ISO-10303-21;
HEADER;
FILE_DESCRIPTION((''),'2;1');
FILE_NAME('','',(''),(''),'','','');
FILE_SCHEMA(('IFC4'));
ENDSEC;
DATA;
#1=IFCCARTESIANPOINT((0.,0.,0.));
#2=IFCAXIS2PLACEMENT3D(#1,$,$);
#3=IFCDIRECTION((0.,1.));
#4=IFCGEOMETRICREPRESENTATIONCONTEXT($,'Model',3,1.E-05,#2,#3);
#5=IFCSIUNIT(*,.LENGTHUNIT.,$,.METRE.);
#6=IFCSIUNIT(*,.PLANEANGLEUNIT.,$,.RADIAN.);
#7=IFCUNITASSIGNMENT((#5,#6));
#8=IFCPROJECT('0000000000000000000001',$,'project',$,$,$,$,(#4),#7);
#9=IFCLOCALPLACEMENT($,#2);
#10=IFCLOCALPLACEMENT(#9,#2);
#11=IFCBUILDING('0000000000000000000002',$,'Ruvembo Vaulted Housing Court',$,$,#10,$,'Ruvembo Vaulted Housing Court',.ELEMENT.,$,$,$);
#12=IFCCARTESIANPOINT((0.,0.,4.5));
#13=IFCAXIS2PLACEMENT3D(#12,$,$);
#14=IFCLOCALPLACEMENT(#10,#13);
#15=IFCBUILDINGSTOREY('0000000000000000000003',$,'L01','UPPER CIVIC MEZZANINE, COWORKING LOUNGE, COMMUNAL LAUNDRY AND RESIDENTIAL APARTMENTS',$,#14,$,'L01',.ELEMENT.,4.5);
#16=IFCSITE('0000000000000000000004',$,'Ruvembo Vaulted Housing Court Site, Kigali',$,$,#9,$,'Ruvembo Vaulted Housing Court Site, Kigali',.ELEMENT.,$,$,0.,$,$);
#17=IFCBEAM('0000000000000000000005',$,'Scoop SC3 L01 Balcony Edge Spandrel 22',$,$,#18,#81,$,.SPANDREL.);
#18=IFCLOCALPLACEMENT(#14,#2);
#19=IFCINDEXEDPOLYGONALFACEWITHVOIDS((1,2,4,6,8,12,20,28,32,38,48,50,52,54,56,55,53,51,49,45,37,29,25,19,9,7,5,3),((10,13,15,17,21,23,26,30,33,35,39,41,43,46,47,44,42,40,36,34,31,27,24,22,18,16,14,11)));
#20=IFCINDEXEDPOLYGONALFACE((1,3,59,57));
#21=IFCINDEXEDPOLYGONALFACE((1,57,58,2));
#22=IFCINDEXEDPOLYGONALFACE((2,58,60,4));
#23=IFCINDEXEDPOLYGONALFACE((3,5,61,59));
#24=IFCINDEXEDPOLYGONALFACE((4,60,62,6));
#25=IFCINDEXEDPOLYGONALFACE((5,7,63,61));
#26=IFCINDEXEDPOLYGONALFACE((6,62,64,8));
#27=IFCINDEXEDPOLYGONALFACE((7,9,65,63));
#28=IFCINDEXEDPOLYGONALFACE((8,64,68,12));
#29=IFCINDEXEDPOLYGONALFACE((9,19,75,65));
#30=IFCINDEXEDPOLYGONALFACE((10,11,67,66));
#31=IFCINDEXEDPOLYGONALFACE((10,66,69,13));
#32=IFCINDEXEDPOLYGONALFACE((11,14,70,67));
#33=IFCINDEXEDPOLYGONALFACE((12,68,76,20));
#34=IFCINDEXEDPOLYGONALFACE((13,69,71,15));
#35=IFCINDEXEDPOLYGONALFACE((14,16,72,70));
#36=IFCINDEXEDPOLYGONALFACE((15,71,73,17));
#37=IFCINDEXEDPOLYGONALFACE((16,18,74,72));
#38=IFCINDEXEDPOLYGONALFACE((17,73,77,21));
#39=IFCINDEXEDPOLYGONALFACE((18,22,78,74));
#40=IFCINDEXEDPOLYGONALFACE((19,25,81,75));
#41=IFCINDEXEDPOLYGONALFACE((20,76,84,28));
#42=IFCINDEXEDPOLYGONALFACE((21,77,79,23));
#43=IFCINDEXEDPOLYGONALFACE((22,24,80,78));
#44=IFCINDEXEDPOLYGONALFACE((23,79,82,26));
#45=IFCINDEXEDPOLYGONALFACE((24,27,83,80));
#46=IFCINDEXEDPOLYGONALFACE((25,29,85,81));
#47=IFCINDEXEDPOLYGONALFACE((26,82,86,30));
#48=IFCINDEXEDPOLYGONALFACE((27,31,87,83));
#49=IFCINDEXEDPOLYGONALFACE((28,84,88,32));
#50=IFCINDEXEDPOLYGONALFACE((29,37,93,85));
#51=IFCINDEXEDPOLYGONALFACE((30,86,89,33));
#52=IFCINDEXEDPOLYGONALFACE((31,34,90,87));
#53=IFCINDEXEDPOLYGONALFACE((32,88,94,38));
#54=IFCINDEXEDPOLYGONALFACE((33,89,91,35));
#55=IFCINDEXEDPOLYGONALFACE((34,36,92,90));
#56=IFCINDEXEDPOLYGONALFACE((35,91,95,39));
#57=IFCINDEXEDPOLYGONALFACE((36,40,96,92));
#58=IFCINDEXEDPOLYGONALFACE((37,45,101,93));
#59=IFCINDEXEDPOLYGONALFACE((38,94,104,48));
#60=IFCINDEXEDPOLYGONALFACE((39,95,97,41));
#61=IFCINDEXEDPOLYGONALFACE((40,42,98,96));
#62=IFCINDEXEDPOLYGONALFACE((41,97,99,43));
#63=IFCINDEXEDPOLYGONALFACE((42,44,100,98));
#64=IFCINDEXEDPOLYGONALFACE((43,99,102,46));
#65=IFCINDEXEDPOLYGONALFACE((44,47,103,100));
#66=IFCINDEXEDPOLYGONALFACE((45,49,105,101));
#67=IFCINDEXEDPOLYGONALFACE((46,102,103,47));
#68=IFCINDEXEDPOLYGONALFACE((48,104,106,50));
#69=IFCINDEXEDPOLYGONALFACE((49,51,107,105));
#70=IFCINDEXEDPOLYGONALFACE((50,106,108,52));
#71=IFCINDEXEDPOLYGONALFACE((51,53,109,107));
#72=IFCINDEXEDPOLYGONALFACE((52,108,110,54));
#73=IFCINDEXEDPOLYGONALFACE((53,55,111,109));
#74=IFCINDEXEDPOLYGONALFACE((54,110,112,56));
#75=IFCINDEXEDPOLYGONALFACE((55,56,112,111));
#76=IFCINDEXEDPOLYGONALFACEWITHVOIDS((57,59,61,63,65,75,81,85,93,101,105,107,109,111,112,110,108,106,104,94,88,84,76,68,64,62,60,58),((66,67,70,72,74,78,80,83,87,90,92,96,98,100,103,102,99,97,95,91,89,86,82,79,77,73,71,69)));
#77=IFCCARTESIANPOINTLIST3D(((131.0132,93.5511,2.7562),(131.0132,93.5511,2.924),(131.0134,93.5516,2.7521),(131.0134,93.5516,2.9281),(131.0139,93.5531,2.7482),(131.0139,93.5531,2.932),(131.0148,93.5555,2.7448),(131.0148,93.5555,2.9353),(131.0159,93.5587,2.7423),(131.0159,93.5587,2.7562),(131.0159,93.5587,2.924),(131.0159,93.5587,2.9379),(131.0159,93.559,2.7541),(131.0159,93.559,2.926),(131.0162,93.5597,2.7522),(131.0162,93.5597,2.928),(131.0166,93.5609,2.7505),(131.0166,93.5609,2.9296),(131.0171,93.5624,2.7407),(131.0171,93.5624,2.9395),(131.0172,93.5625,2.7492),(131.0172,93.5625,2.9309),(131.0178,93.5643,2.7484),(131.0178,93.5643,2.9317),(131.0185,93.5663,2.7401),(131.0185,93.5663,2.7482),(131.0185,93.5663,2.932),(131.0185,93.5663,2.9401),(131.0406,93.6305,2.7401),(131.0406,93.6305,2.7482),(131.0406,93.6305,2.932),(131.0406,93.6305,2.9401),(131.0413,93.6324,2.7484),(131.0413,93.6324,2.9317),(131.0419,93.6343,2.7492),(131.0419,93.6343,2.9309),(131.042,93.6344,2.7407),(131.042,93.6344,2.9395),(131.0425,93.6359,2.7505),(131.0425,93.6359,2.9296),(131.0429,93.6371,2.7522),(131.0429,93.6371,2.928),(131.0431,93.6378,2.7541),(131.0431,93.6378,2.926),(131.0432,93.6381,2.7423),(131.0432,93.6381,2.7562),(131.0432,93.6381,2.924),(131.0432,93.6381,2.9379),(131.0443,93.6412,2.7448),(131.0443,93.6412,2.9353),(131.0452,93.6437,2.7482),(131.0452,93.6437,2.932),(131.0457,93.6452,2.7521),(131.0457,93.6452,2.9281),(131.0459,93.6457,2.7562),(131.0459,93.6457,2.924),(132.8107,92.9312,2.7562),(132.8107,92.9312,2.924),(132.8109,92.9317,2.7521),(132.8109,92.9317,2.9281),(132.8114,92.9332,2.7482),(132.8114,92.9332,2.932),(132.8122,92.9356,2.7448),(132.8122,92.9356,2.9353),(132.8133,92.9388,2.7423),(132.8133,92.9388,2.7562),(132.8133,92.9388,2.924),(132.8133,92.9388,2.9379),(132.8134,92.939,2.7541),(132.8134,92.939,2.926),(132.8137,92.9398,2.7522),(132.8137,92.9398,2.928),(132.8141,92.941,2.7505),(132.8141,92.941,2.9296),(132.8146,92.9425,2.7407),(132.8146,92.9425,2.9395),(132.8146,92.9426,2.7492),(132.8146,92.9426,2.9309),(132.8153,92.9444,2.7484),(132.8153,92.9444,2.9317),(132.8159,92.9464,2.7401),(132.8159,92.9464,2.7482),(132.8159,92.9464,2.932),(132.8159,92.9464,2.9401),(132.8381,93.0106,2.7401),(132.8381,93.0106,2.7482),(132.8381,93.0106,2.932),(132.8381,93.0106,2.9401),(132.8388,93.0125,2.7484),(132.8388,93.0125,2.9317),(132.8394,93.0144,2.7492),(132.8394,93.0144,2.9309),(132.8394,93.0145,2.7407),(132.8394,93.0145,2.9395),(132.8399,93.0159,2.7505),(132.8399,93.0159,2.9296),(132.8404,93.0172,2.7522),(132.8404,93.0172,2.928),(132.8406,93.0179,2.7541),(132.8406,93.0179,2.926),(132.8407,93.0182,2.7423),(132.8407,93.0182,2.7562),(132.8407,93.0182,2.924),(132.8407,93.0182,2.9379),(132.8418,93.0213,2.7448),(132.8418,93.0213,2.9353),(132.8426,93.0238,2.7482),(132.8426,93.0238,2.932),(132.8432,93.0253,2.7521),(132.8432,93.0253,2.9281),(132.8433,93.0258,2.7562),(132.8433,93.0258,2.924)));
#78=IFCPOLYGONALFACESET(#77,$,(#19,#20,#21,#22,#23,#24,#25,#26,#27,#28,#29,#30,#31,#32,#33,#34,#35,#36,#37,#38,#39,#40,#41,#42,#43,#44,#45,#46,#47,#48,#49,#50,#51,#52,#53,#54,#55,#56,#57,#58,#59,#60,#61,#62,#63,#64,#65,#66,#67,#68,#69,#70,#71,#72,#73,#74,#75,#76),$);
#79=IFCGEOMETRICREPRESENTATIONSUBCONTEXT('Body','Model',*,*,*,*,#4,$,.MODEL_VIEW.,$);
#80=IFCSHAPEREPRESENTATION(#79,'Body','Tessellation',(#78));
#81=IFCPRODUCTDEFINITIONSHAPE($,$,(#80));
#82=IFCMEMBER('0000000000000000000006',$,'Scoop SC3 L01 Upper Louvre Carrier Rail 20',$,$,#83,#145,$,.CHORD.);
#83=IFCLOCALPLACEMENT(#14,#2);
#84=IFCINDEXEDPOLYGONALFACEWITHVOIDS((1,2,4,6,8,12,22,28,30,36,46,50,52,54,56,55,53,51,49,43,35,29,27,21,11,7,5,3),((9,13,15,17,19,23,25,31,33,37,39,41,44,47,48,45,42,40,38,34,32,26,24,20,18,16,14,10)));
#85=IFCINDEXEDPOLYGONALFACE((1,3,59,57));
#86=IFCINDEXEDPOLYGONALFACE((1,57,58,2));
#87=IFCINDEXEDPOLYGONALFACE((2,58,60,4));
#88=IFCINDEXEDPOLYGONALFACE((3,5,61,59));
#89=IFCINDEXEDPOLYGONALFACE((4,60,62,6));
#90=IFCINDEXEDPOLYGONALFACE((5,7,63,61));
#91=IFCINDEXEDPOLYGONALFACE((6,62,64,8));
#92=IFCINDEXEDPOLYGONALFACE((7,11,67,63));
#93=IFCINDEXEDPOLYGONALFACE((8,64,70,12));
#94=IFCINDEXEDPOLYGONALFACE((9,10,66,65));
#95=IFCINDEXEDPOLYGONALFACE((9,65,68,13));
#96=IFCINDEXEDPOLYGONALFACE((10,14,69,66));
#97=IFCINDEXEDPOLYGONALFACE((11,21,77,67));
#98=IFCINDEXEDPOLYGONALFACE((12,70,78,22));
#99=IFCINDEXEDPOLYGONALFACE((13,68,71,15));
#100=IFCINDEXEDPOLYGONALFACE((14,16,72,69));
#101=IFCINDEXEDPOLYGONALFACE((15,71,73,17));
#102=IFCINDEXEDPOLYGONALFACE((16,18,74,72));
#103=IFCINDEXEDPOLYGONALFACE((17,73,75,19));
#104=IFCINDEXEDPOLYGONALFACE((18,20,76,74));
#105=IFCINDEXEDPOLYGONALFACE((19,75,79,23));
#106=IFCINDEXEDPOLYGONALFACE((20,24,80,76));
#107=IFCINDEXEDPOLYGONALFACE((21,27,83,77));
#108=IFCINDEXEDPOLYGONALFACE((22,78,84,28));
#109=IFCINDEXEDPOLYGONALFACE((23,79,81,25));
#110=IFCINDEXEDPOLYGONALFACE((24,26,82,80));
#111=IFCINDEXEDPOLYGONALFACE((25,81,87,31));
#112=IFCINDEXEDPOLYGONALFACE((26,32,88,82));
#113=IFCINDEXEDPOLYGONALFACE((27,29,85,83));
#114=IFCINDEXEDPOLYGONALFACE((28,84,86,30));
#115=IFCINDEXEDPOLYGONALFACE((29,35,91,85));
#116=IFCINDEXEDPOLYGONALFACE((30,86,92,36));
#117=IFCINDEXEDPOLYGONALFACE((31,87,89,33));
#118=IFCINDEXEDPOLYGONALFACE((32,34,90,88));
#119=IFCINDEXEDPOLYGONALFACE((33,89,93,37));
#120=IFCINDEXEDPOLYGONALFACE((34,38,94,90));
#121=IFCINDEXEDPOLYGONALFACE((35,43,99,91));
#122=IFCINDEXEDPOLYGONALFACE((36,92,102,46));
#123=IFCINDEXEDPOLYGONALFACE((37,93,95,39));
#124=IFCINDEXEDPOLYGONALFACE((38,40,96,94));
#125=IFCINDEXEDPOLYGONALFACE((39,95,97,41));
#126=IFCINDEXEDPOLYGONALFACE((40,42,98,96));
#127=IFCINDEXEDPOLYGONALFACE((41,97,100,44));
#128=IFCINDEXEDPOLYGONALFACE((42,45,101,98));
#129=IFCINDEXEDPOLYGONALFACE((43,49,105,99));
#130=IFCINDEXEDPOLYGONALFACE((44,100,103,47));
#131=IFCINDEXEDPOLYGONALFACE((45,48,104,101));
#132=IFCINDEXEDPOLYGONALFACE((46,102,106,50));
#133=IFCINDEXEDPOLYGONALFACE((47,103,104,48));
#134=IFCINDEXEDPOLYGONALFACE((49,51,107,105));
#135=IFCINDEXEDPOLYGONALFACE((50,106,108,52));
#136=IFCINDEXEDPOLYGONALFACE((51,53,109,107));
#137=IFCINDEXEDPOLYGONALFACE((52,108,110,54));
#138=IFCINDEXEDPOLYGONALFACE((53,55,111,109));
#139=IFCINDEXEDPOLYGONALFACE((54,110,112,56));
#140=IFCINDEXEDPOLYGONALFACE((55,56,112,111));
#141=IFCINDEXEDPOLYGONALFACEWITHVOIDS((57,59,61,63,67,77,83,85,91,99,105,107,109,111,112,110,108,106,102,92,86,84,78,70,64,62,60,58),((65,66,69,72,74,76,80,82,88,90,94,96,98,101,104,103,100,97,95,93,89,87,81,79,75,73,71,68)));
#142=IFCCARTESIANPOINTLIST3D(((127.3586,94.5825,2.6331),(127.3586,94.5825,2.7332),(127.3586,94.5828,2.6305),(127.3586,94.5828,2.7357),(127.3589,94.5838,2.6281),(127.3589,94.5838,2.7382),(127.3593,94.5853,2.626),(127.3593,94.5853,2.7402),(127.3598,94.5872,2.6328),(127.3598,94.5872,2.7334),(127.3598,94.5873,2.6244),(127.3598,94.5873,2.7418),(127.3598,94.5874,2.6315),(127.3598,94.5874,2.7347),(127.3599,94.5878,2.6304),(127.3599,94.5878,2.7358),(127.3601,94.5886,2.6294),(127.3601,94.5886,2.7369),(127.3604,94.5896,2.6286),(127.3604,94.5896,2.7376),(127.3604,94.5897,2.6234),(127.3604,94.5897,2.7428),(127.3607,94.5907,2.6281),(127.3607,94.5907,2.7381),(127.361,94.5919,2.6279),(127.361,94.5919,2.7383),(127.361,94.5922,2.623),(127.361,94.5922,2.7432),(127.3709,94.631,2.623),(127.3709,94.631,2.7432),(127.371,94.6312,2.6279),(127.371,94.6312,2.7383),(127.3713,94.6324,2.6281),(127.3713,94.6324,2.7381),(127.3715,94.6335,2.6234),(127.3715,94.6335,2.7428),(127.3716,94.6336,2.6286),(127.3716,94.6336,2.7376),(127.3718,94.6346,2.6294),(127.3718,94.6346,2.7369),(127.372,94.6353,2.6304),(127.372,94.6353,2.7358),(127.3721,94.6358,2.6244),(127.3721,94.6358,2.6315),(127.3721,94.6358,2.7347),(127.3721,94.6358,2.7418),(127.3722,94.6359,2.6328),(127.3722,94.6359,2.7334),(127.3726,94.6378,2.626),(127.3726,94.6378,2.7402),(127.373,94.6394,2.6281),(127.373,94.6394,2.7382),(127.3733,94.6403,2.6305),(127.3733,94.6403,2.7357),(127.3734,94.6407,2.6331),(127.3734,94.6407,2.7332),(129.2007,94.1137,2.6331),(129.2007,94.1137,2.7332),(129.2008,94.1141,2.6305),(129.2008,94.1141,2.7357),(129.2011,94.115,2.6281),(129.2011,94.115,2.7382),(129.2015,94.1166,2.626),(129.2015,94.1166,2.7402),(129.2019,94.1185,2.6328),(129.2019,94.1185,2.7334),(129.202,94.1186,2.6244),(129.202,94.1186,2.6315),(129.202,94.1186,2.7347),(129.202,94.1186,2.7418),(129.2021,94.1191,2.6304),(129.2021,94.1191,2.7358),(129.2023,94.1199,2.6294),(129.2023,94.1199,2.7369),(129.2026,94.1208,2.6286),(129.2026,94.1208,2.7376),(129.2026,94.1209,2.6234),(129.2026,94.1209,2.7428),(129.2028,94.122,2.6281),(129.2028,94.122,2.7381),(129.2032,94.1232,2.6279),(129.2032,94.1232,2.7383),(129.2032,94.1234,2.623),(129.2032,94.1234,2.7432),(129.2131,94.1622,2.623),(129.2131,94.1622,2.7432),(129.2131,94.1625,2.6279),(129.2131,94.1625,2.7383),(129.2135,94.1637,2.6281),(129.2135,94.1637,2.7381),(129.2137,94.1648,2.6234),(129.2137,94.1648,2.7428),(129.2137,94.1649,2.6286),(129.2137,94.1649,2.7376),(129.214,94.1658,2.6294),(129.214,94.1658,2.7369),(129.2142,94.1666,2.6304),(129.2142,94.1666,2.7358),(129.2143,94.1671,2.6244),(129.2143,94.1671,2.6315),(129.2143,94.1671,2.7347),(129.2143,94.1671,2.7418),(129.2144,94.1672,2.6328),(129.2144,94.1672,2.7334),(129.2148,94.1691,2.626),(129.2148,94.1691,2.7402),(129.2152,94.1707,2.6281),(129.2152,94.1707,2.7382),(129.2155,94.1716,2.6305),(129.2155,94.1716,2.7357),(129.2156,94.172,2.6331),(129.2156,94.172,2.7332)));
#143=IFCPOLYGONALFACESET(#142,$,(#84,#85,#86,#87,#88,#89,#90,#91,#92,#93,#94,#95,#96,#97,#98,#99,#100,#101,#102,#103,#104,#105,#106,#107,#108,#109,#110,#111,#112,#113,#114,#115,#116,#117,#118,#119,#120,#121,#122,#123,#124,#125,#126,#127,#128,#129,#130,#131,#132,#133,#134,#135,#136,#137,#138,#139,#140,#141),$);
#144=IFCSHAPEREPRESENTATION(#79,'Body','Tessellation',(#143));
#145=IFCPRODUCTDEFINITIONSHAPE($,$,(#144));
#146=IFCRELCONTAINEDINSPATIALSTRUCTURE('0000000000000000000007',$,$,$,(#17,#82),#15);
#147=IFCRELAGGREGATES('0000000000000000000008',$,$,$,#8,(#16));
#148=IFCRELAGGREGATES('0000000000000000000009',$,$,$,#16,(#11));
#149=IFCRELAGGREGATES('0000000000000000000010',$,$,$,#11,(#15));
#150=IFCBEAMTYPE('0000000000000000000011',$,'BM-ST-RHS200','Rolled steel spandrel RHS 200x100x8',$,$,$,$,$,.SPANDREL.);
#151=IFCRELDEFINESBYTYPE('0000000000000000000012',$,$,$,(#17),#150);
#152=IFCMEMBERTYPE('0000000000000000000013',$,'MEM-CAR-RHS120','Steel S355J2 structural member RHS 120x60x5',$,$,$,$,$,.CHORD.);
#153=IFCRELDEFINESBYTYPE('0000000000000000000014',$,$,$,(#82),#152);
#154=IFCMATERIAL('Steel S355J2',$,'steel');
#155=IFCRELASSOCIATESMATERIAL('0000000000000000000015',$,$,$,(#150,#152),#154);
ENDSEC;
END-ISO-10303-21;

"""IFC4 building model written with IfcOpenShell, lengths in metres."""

from ifc_helpers import new_model, si_unit, direction, frame, origin, origin_2d, place, context, subcontext, project, spatial, hollow_rectangle, extrude, material, material_profile, profile_set, type_object, element, save


model = new_model("IFC4")

# Units and contexts
model_context = context("Model", 3, precision=1e-05, world=origin(), true_north=direction((0.0, 1.0)))
body_context = subcontext(model_context, "Body", "Model", "MODEL_VIEW")
ifc_project = project(units=[si_unit("LENGTHUNIT", "METRE"), si_unit("PLANEANGLEUNIT", "RADIAN")], contexts=[model_context])

# Site, building, storey
site_placement = place(None, origin())
site = spatial("IfcSite", under=ifc_project, at=site_placement, Name="Ruvembo Vaulted Housing Court Site, Kigali", LongName="Ruvembo Vaulted Housing Court Site, Kigali", CompositionType="ELEMENT", RefElevation=0.0)
building_placement = place(site_placement, origin())
building = spatial("IfcBuilding", under=site, at=building_placement, Name="Ruvembo Vaulted Housing Court", LongName="Ruvembo Vaulted Housing Court", CompositionType="ELEMENT")
storey_placement = place(building_placement, frame((0.0, 0.0, 4.5)))
storey = spatial("IfcBuildingStorey", under=building, at=storey_placement, Name="L01", Description="UPPER CIVIC MEZZANINE, COWORKING LOUNGE, COMMUNAL LAUNDRY AND RESIDENTIAL APARTMENTS", LongName="L01", CompositionType="ELEMENT", Elevation=4.5)

# Beam
ifc_material_1 = material(Name="Steel S355J2", Category="steel")
ifc_material_profile_1 = material_profile(ifc_material_1, hollow_rectangle(XDim=0.1001, YDim=0.2, WallThickness=0.0081, InnerFilletRadius=0.0081, OuterFilletRadius=0.0161, at=origin_2d()), Name="RHS 200x100x8")
ifc_profile_set_1 = profile_set([ifc_material_profile_1], Name="Steel S355J2")
beam_type = type_object("IfcBeamType", Name="BM-ST-RHS200", Description="Rolled steel spandrel RHS 200x100x8", PredefinedType="SPANDREL", material=ifc_profile_set_1)
beam_placement = place(storey_placement, frame((131.0295, 93.5984, 2.8401), z_axis=(0.945358, -0.326034, 0.0), x_axis=(0.326034, 0.945358, 0.0)))
element("IfcBeam", 1, at=beam_placement, inside=storey, type_object=beam_type, Name="Scoop SC3 L01 Balcony Edge Spandrel 22", PredefinedType="SPANDREL", context=body_context, shape_type="SweptSolid", body=[
    extrude(hollow_rectangle(XDim=0.1001, YDim=0.2, WallThickness=0.0081, InnerFilletRadius=0.0081, OuterFilletRadius=0.0161, at=origin_2d()), origin(), (0.0, 0.0, 1.0), 1.9014),
])

# Member
ifc_material_profile_2 = material_profile(ifc_material_1, hollow_rectangle(XDim=0.0601, YDim=0.1201, WallThickness=0.0049, InnerFilletRadius=0.0049, OuterFilletRadius=0.01, at=origin_2d()), Name="RHS 120x60x5")
ifc_profile_set_2 = profile_set([ifc_material_profile_2], Name="Steel S355J2")
member_type_1 = type_object("IfcMemberType", Name="MEM-CAR-RHS120", Description="Steel S355J2 structural member RHS 120x60x5", PredefinedType="CHORD", material=ifc_profile_set_2)
for number, where, z_axis, x_axis, name in (
    (2, (127.366, 94.6116, 2.6831), (0.969122, -0.246583, 0.0), (0.246583, 0.969122, 0.0), "Scoop SC3 L01 Upper Louvre Carrier Rail 20"),
):
    element("IfcMember", number, at=place(storey_placement, frame(where, z_axis=z_axis, x_axis=x_axis)), inside=storey, type_object=member_type_1, Name=name, PredefinedType="CHORD", context=body_context, shape_type="SweptSolid", body=[
        extrude(hollow_rectangle(XDim=0.0601, YDim=0.1201, WallThickness=0.0049, InnerFilletRadius=0.0049, OuterFilletRadius=0.01, at=origin_2d()), origin(), (0.0, 0.0, 1.0), 1.9009),
    ])

save(model, "model.ifc")
